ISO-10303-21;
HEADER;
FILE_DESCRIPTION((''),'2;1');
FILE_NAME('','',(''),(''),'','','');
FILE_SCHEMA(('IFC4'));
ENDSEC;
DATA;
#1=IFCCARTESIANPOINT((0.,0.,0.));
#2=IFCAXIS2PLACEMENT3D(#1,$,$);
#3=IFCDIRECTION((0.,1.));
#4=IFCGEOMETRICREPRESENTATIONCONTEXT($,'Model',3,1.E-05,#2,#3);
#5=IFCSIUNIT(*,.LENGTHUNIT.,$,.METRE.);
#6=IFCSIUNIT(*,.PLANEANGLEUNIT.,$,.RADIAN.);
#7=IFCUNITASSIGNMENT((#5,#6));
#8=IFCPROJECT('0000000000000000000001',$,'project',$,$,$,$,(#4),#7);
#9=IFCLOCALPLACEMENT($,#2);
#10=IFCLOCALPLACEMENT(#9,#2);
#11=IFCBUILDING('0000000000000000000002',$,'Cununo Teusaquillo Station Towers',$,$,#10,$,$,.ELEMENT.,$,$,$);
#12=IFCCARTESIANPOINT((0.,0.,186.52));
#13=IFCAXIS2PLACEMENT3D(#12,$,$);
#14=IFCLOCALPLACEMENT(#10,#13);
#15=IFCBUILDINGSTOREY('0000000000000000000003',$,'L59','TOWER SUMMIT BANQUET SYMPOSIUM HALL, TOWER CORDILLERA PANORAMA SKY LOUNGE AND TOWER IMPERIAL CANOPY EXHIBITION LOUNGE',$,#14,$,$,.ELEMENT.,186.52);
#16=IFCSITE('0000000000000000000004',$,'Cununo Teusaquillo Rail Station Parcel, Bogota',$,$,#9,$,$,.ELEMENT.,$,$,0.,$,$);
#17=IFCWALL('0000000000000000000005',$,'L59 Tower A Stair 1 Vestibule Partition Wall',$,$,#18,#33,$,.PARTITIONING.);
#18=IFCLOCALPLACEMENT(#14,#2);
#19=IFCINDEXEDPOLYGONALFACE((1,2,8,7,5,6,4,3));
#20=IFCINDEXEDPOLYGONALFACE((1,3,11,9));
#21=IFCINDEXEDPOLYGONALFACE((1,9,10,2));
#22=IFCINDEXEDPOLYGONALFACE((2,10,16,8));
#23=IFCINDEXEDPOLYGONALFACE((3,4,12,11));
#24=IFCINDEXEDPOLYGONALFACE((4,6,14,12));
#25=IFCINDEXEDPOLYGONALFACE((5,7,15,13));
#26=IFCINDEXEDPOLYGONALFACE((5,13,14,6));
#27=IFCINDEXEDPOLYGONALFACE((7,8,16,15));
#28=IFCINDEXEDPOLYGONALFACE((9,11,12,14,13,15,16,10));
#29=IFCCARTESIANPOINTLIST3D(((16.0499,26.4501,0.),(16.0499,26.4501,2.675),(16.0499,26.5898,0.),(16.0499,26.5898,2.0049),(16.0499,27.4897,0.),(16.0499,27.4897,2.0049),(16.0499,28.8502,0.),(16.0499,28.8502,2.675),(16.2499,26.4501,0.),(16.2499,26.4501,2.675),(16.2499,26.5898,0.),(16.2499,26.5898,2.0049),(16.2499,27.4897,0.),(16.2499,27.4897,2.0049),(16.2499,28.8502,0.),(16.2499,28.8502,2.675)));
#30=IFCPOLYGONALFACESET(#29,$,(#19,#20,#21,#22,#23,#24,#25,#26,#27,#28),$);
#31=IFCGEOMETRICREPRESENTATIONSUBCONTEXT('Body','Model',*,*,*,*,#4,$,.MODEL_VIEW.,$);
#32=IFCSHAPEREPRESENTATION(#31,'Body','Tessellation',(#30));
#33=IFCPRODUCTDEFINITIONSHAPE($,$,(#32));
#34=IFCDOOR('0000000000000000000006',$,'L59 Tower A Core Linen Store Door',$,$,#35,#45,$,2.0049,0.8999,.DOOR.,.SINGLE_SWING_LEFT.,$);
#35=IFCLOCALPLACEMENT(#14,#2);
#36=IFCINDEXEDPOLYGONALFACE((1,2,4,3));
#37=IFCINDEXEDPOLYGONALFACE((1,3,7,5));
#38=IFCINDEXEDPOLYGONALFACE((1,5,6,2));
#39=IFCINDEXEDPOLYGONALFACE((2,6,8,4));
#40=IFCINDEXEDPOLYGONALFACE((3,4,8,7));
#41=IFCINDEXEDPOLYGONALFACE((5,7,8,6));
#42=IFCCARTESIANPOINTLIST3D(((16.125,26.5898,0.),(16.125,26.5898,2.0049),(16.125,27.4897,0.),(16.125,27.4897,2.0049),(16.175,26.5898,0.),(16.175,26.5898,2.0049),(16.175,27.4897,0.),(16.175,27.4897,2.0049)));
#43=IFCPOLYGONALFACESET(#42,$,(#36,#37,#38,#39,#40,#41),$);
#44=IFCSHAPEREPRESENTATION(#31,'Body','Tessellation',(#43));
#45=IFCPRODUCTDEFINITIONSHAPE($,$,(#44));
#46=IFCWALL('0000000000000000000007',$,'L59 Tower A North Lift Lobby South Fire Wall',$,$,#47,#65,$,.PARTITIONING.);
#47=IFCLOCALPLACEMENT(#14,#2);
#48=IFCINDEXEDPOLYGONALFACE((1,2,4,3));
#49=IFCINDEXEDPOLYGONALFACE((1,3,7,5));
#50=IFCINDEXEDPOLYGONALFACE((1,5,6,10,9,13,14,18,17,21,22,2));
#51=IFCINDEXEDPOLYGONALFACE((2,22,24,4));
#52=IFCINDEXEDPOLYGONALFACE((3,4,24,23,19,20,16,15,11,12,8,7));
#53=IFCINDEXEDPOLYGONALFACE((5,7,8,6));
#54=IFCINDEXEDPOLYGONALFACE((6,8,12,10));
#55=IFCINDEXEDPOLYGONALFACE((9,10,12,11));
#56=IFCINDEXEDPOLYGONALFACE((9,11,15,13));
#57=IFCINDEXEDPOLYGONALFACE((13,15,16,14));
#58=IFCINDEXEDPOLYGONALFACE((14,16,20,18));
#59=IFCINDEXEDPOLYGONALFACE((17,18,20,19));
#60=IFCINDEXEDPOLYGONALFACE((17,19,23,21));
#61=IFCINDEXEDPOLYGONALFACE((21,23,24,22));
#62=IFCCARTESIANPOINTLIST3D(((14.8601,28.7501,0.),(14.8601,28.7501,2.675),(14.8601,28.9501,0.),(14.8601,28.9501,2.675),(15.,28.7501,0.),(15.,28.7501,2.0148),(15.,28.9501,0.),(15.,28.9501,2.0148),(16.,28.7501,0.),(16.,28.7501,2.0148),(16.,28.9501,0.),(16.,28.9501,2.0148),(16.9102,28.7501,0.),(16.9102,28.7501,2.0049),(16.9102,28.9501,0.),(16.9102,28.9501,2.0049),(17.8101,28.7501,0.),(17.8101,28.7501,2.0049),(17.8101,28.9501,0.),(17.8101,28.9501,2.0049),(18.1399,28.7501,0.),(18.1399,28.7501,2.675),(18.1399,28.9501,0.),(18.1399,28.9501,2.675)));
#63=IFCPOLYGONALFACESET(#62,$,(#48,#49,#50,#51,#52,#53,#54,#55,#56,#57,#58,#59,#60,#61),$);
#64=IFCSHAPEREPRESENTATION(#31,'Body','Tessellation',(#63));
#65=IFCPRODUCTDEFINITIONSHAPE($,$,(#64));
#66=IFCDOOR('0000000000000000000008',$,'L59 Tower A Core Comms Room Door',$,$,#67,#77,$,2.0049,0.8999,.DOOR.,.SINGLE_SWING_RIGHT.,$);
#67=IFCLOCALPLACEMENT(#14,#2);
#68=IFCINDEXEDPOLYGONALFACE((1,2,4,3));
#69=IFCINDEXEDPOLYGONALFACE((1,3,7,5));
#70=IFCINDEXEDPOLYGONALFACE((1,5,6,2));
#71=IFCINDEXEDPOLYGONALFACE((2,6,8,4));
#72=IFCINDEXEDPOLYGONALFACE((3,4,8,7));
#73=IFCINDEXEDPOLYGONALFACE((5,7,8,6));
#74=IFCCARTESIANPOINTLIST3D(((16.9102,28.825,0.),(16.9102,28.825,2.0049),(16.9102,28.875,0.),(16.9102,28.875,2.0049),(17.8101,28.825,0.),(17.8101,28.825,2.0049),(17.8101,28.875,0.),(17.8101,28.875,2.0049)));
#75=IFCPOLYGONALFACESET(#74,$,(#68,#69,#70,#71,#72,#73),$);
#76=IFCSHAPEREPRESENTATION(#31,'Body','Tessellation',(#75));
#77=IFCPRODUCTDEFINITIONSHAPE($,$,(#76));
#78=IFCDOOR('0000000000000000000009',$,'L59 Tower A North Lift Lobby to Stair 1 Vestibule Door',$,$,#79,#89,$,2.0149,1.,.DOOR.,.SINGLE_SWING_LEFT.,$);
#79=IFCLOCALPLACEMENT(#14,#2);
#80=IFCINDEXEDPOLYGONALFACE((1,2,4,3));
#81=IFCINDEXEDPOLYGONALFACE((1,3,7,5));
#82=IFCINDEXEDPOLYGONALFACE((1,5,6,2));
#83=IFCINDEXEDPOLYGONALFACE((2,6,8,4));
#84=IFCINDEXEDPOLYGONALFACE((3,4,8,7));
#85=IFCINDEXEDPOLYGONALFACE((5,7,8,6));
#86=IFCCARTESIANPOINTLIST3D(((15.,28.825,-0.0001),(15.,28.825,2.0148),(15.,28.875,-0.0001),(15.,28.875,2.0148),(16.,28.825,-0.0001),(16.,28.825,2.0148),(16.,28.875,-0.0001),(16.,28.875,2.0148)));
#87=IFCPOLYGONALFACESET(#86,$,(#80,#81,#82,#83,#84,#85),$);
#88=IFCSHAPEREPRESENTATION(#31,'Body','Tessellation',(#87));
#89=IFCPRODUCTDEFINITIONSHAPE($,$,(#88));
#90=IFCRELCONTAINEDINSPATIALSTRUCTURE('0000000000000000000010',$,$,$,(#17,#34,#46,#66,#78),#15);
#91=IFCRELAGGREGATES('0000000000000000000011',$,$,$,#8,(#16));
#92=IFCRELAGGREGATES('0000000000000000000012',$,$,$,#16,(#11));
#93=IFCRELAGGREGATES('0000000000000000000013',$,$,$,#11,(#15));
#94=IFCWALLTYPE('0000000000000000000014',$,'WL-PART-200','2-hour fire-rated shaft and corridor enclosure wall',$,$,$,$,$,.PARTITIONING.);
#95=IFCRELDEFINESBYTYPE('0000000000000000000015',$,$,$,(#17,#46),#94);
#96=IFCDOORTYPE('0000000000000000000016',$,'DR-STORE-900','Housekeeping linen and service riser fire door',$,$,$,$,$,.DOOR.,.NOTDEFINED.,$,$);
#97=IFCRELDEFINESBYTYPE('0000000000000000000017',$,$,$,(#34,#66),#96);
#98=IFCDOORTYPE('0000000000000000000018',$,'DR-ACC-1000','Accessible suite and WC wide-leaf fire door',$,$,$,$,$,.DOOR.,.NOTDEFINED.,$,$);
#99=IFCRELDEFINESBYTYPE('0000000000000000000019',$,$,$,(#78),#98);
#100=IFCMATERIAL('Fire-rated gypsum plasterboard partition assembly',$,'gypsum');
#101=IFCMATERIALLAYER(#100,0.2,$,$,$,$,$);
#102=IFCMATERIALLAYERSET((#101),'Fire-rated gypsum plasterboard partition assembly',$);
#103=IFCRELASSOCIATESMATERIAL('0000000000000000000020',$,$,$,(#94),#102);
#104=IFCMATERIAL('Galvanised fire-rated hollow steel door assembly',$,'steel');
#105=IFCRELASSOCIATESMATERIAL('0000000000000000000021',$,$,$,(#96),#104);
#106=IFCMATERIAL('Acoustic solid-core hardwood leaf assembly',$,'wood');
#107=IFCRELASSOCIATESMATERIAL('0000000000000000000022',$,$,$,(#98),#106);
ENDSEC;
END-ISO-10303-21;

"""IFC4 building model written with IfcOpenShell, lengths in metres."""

from ifc_helpers import new_model, si_unit, direction, frame, frame_2d, origin, place, context, subcontext, project, spatial, rectangle, extrude, source, transform, mapped, material, layer, layer_set, type_object, element, fill, save


model = new_model("IFC4")

# Units and contexts
model_context = context("Model", 3, precision=1e-05, world=origin(), true_north=direction((0.0, 1.0)))
body_context = subcontext(model_context, "Body", "Model", "MODEL_VIEW")
ifc_project = project(units=[si_unit("LENGTHUNIT", "METRE"), si_unit("PLANEANGLEUNIT", "RADIAN")], contexts=[model_context])

# Site, building, storey
site_placement = place(None, origin())
site = spatial("IfcSite", under=ifc_project, at=site_placement, Name="Cununo Teusaquillo Rail Station Parcel, Bogota", CompositionType="ELEMENT", RefElevation=0.0)
building_placement = place(site_placement, origin())
building = spatial("IfcBuilding", under=site, at=building_placement, Name="Cununo Teusaquillo Station Towers", CompositionType="ELEMENT")
storey_placement = place(building_placement, frame((0.0, 0.0, 186.52)))
storey = spatial("IfcBuildingStorey", under=building, at=storey_placement, Name="L59", Description="TOWER SUMMIT BANQUET SYMPOSIUM HALL, TOWER CORDILLERA PANORAMA SKY LOUNGE AND TOWER IMPERIAL CANOPY EXHIBITION LOUNGE", CompositionType="ELEMENT", Elevation=186.52)

# Wall, opening, door
shared_shape_1 = source(origin(), body_context, "Body", "SweptSolid", [
    extrude(rectangle(XDim=0.8999, YDim=2.0049, at=frame_2d((0.45, 1.0024))), frame((0.0, 0.0249, 0.0), z_axis=(0.0, -1.0, 0.0), x_axis=(1.0, 0.0, 0.0)), (0.0, 0.0, 1.0), 0.05),
])
ifc_material_1 = material(Name="Fire-rated gypsum plasterboard partition assembly", Category="gypsum")
ifc_layer_1 = layer(ifc_material_1, 0.2)
ifc_layer_set_1 = layer_set([ifc_layer_1], Name="Fire-rated gypsum plasterboard partition assembly")
wall_type_1 = type_object("IfcWallType", Name="WL-PART-200", Description="2-hour fire-rated shaft and corridor enclosure wall", PredefinedType="PARTITIONING", material=ifc_layer_set_1)
shared_shape_2 = source(origin(), body_context, "Body", "SweptSolid", [
    extrude(rectangle(XDim=0.8999, YDim=2.0049, at=frame_2d((0.45, 1.0024))), frame((0.0, 0.1099, 0.0), z_axis=(0.0, -1.0, 0.0), x_axis=(1.0, 0.0, 0.0)), (0.0, 0.0, 1.0), 0.22),
])
ifc_material_2 = material(Name="Galvanised fire-rated hollow steel door assembly", Category="steel")
door_type_1 = type_object("IfcDoorType", Name="DR-STORE-900", Description="Housekeeping linen and service riser fire door", OperationType="NOTDEFINED", PredefinedType="DOOR", material=ifc_material_2)
wall_1_placement = place(storey_placement, frame((16.1499, 26.45, 0.0), z_axis=(0.0, 0.0, 1.0), x_axis=(0.0, 1.0, 0.0)))
wall_1 = element("IfcWall", 1, at=wall_1_placement, inside=storey, type_object=wall_type_1, Name="L59 Tower A Stair 1 Vestibule Partition Wall", PredefinedType="PARTITIONING", context=body_context, shape_type="SweptSolid", body=[
    extrude(rectangle(XDim=2.4001, YDim=0.2, at=frame_2d((1.2002, 0.0))), origin(), (0.0, 0.0, 1.0), 2.675),
])
opening_1_placement = place(wall_1_placement, frame((0.1399, 0.0, 0.0)))
opening_1 = element("IfcOpeningElement", 2, at=opening_1_placement, cuts=wall_1, PredefinedType="OPENING", context=body_context, shape_type="MappedRepresentation", body=[
    mapped(shared_shape_2, transform((0.0, 0.0, 0.0), x_axis=(1.0, 0.0, 0.0), y_axis=(0.0, 1.0, 0.0), z_axis=(0.0, 0.0, 1.0), scale=1.0)),
])
door_1_placement = place(opening_1_placement, origin())
door_1 = element("IfcDoor", 3, at=door_1_placement, inside=storey, type_object=door_type_1, Name="L59 Tower A Core Linen Store Door", OperationType="SINGLE_SWING_LEFT", OverallHeight=2.0049, OverallWidth=0.8999, PredefinedType="DOOR", context=body_context, shape_type="MappedRepresentation", body=[
    mapped(shared_shape_1, transform((0.0, 0.0, 0.0), x_axis=(1.0, 0.0, 0.0), y_axis=(0.0, 1.0, 0.0), z_axis=(0.0, 0.0, 1.0), scale=1.0)),
])
fill(opening_1, door_1)

# Wall, openings, doors
wall_2_placement = place(storey_placement, frame((14.8601, 28.8501, 0.0), z_axis=(0.0, 0.0, 1.0), x_axis=(1.0, 0.0, 0.0)))
wall_2 = element("IfcWall", 4, at=wall_2_placement, inside=storey, type_object=wall_type_1, Name="L59 Tower A North Lift Lobby South Fire Wall", PredefinedType="PARTITIONING", context=body_context, shape_type="SweptSolid", body=[
    extrude(rectangle(XDim=3.2798, YDim=0.2, at=frame_2d((1.6399, 0.0))), origin(), (0.0, 0.0, 1.0), 2.675),
])
shared_shape_3 = source(origin(), body_context, "Body", "SweptSolid", [
    extrude(rectangle(XDim=1.0, YDim=2.0149, at=frame_2d((0.5, 1.0073))), frame((0.0, 0.1099, 0.0), z_axis=(0.0, -1.0, 0.0), x_axis=(1.0, 0.0, 0.0)), (0.0, 0.0, 1.0), 0.22),
])
opening_2_placement = place(wall_2_placement, frame((0.1399, 0.0, 0.0)))
opening_2 = element("IfcOpeningElement", 5, at=opening_2_placement, cuts=wall_2, PredefinedType="OPENING", context=body_context, shape_type="MappedRepresentation", body=[
    mapped(shared_shape_3, transform((0.0, 0.0, 0.0), x_axis=(1.0, 0.0, 0.0), y_axis=(0.0, 1.0, 0.0), z_axis=(0.0, 0.0, 1.0), scale=1.0)),
])
opening_3_placement = place(wall_2_placement, frame((2.05, 0.0, 0.0)))
opening_3 = element("IfcOpeningElement", 6, at=opening_3_placement, cuts=wall_2, PredefinedType="OPENING", context=body_context, shape_type="MappedRepresentation", body=[
    mapped(shared_shape_2, transform((0.0, 0.0, 0.0), x_axis=(1.0, 0.0, 0.0), y_axis=(0.0, 1.0, 0.0), z_axis=(0.0, 0.0, 1.0), scale=1.0)),
])
door_2_placement = place(opening_3_placement, origin())
door_2 = element("IfcDoor", 7, at=door_2_placement, inside=storey, type_object=door_type_1, Name="L59 Tower A Core Comms Room Door", OperationType="SINGLE_SWING_RIGHT", OverallHeight=2.0049, OverallWidth=0.8999, PredefinedType="DOOR", context=body_context, shape_type="MappedRepresentation", body=[
    mapped(shared_shape_1, transform((0.0, 0.0, 0.0), x_axis=(1.0, 0.0, 0.0), y_axis=(0.0, 1.0, 0.0), z_axis=(0.0, 0.0, 1.0), scale=1.0)),
])
fill(opening_3, door_2)
ifc_material_3 = material(Name="Acoustic solid-core hardwood leaf assembly", Category="wood")
door_type_2 = type_object("IfcDoorType", Name="DR-ACC-1000", Description="Accessible suite and WC wide-leaf fire door", OperationType="NOTDEFINED", PredefinedType="DOOR", material=ifc_material_3)
shared_shape_4 = source(origin(), body_context, "Body", "SweptSolid", [
    extrude(rectangle(XDim=1.0, YDim=2.0149, at=frame_2d((0.5, 1.0073))), frame((0.0, 0.0249, 0.0), z_axis=(0.0, -1.0, 0.0), x_axis=(1.0, 0.0, 0.0)), (0.0, 0.0, 1.0), 0.05),
])
door_3_placement = place(opening_2_placement, origin())
door_3 = element("IfcDoor", 8, at=door_3_placement, inside=storey, type_object=door_type_2, Name="L59 Tower A North Lift Lobby to Stair 1 Vestibule Door", OperationType="SINGLE_SWING_LEFT", OverallHeight=2.0149, OverallWidth=1.0, PredefinedType="DOOR", context=body_context, shape_type="MappedRepresentation", body=[
    mapped(shared_shape_4, transform((0.0, 0.0, 0.0), x_axis=(1.0, 0.0, 0.0), y_axis=(0.0, 1.0, 0.0), z_axis=(0.0, 0.0, 1.0), scale=1.0)),
])
fill(opening_2, door_3)

save(model, "model.ifc")
